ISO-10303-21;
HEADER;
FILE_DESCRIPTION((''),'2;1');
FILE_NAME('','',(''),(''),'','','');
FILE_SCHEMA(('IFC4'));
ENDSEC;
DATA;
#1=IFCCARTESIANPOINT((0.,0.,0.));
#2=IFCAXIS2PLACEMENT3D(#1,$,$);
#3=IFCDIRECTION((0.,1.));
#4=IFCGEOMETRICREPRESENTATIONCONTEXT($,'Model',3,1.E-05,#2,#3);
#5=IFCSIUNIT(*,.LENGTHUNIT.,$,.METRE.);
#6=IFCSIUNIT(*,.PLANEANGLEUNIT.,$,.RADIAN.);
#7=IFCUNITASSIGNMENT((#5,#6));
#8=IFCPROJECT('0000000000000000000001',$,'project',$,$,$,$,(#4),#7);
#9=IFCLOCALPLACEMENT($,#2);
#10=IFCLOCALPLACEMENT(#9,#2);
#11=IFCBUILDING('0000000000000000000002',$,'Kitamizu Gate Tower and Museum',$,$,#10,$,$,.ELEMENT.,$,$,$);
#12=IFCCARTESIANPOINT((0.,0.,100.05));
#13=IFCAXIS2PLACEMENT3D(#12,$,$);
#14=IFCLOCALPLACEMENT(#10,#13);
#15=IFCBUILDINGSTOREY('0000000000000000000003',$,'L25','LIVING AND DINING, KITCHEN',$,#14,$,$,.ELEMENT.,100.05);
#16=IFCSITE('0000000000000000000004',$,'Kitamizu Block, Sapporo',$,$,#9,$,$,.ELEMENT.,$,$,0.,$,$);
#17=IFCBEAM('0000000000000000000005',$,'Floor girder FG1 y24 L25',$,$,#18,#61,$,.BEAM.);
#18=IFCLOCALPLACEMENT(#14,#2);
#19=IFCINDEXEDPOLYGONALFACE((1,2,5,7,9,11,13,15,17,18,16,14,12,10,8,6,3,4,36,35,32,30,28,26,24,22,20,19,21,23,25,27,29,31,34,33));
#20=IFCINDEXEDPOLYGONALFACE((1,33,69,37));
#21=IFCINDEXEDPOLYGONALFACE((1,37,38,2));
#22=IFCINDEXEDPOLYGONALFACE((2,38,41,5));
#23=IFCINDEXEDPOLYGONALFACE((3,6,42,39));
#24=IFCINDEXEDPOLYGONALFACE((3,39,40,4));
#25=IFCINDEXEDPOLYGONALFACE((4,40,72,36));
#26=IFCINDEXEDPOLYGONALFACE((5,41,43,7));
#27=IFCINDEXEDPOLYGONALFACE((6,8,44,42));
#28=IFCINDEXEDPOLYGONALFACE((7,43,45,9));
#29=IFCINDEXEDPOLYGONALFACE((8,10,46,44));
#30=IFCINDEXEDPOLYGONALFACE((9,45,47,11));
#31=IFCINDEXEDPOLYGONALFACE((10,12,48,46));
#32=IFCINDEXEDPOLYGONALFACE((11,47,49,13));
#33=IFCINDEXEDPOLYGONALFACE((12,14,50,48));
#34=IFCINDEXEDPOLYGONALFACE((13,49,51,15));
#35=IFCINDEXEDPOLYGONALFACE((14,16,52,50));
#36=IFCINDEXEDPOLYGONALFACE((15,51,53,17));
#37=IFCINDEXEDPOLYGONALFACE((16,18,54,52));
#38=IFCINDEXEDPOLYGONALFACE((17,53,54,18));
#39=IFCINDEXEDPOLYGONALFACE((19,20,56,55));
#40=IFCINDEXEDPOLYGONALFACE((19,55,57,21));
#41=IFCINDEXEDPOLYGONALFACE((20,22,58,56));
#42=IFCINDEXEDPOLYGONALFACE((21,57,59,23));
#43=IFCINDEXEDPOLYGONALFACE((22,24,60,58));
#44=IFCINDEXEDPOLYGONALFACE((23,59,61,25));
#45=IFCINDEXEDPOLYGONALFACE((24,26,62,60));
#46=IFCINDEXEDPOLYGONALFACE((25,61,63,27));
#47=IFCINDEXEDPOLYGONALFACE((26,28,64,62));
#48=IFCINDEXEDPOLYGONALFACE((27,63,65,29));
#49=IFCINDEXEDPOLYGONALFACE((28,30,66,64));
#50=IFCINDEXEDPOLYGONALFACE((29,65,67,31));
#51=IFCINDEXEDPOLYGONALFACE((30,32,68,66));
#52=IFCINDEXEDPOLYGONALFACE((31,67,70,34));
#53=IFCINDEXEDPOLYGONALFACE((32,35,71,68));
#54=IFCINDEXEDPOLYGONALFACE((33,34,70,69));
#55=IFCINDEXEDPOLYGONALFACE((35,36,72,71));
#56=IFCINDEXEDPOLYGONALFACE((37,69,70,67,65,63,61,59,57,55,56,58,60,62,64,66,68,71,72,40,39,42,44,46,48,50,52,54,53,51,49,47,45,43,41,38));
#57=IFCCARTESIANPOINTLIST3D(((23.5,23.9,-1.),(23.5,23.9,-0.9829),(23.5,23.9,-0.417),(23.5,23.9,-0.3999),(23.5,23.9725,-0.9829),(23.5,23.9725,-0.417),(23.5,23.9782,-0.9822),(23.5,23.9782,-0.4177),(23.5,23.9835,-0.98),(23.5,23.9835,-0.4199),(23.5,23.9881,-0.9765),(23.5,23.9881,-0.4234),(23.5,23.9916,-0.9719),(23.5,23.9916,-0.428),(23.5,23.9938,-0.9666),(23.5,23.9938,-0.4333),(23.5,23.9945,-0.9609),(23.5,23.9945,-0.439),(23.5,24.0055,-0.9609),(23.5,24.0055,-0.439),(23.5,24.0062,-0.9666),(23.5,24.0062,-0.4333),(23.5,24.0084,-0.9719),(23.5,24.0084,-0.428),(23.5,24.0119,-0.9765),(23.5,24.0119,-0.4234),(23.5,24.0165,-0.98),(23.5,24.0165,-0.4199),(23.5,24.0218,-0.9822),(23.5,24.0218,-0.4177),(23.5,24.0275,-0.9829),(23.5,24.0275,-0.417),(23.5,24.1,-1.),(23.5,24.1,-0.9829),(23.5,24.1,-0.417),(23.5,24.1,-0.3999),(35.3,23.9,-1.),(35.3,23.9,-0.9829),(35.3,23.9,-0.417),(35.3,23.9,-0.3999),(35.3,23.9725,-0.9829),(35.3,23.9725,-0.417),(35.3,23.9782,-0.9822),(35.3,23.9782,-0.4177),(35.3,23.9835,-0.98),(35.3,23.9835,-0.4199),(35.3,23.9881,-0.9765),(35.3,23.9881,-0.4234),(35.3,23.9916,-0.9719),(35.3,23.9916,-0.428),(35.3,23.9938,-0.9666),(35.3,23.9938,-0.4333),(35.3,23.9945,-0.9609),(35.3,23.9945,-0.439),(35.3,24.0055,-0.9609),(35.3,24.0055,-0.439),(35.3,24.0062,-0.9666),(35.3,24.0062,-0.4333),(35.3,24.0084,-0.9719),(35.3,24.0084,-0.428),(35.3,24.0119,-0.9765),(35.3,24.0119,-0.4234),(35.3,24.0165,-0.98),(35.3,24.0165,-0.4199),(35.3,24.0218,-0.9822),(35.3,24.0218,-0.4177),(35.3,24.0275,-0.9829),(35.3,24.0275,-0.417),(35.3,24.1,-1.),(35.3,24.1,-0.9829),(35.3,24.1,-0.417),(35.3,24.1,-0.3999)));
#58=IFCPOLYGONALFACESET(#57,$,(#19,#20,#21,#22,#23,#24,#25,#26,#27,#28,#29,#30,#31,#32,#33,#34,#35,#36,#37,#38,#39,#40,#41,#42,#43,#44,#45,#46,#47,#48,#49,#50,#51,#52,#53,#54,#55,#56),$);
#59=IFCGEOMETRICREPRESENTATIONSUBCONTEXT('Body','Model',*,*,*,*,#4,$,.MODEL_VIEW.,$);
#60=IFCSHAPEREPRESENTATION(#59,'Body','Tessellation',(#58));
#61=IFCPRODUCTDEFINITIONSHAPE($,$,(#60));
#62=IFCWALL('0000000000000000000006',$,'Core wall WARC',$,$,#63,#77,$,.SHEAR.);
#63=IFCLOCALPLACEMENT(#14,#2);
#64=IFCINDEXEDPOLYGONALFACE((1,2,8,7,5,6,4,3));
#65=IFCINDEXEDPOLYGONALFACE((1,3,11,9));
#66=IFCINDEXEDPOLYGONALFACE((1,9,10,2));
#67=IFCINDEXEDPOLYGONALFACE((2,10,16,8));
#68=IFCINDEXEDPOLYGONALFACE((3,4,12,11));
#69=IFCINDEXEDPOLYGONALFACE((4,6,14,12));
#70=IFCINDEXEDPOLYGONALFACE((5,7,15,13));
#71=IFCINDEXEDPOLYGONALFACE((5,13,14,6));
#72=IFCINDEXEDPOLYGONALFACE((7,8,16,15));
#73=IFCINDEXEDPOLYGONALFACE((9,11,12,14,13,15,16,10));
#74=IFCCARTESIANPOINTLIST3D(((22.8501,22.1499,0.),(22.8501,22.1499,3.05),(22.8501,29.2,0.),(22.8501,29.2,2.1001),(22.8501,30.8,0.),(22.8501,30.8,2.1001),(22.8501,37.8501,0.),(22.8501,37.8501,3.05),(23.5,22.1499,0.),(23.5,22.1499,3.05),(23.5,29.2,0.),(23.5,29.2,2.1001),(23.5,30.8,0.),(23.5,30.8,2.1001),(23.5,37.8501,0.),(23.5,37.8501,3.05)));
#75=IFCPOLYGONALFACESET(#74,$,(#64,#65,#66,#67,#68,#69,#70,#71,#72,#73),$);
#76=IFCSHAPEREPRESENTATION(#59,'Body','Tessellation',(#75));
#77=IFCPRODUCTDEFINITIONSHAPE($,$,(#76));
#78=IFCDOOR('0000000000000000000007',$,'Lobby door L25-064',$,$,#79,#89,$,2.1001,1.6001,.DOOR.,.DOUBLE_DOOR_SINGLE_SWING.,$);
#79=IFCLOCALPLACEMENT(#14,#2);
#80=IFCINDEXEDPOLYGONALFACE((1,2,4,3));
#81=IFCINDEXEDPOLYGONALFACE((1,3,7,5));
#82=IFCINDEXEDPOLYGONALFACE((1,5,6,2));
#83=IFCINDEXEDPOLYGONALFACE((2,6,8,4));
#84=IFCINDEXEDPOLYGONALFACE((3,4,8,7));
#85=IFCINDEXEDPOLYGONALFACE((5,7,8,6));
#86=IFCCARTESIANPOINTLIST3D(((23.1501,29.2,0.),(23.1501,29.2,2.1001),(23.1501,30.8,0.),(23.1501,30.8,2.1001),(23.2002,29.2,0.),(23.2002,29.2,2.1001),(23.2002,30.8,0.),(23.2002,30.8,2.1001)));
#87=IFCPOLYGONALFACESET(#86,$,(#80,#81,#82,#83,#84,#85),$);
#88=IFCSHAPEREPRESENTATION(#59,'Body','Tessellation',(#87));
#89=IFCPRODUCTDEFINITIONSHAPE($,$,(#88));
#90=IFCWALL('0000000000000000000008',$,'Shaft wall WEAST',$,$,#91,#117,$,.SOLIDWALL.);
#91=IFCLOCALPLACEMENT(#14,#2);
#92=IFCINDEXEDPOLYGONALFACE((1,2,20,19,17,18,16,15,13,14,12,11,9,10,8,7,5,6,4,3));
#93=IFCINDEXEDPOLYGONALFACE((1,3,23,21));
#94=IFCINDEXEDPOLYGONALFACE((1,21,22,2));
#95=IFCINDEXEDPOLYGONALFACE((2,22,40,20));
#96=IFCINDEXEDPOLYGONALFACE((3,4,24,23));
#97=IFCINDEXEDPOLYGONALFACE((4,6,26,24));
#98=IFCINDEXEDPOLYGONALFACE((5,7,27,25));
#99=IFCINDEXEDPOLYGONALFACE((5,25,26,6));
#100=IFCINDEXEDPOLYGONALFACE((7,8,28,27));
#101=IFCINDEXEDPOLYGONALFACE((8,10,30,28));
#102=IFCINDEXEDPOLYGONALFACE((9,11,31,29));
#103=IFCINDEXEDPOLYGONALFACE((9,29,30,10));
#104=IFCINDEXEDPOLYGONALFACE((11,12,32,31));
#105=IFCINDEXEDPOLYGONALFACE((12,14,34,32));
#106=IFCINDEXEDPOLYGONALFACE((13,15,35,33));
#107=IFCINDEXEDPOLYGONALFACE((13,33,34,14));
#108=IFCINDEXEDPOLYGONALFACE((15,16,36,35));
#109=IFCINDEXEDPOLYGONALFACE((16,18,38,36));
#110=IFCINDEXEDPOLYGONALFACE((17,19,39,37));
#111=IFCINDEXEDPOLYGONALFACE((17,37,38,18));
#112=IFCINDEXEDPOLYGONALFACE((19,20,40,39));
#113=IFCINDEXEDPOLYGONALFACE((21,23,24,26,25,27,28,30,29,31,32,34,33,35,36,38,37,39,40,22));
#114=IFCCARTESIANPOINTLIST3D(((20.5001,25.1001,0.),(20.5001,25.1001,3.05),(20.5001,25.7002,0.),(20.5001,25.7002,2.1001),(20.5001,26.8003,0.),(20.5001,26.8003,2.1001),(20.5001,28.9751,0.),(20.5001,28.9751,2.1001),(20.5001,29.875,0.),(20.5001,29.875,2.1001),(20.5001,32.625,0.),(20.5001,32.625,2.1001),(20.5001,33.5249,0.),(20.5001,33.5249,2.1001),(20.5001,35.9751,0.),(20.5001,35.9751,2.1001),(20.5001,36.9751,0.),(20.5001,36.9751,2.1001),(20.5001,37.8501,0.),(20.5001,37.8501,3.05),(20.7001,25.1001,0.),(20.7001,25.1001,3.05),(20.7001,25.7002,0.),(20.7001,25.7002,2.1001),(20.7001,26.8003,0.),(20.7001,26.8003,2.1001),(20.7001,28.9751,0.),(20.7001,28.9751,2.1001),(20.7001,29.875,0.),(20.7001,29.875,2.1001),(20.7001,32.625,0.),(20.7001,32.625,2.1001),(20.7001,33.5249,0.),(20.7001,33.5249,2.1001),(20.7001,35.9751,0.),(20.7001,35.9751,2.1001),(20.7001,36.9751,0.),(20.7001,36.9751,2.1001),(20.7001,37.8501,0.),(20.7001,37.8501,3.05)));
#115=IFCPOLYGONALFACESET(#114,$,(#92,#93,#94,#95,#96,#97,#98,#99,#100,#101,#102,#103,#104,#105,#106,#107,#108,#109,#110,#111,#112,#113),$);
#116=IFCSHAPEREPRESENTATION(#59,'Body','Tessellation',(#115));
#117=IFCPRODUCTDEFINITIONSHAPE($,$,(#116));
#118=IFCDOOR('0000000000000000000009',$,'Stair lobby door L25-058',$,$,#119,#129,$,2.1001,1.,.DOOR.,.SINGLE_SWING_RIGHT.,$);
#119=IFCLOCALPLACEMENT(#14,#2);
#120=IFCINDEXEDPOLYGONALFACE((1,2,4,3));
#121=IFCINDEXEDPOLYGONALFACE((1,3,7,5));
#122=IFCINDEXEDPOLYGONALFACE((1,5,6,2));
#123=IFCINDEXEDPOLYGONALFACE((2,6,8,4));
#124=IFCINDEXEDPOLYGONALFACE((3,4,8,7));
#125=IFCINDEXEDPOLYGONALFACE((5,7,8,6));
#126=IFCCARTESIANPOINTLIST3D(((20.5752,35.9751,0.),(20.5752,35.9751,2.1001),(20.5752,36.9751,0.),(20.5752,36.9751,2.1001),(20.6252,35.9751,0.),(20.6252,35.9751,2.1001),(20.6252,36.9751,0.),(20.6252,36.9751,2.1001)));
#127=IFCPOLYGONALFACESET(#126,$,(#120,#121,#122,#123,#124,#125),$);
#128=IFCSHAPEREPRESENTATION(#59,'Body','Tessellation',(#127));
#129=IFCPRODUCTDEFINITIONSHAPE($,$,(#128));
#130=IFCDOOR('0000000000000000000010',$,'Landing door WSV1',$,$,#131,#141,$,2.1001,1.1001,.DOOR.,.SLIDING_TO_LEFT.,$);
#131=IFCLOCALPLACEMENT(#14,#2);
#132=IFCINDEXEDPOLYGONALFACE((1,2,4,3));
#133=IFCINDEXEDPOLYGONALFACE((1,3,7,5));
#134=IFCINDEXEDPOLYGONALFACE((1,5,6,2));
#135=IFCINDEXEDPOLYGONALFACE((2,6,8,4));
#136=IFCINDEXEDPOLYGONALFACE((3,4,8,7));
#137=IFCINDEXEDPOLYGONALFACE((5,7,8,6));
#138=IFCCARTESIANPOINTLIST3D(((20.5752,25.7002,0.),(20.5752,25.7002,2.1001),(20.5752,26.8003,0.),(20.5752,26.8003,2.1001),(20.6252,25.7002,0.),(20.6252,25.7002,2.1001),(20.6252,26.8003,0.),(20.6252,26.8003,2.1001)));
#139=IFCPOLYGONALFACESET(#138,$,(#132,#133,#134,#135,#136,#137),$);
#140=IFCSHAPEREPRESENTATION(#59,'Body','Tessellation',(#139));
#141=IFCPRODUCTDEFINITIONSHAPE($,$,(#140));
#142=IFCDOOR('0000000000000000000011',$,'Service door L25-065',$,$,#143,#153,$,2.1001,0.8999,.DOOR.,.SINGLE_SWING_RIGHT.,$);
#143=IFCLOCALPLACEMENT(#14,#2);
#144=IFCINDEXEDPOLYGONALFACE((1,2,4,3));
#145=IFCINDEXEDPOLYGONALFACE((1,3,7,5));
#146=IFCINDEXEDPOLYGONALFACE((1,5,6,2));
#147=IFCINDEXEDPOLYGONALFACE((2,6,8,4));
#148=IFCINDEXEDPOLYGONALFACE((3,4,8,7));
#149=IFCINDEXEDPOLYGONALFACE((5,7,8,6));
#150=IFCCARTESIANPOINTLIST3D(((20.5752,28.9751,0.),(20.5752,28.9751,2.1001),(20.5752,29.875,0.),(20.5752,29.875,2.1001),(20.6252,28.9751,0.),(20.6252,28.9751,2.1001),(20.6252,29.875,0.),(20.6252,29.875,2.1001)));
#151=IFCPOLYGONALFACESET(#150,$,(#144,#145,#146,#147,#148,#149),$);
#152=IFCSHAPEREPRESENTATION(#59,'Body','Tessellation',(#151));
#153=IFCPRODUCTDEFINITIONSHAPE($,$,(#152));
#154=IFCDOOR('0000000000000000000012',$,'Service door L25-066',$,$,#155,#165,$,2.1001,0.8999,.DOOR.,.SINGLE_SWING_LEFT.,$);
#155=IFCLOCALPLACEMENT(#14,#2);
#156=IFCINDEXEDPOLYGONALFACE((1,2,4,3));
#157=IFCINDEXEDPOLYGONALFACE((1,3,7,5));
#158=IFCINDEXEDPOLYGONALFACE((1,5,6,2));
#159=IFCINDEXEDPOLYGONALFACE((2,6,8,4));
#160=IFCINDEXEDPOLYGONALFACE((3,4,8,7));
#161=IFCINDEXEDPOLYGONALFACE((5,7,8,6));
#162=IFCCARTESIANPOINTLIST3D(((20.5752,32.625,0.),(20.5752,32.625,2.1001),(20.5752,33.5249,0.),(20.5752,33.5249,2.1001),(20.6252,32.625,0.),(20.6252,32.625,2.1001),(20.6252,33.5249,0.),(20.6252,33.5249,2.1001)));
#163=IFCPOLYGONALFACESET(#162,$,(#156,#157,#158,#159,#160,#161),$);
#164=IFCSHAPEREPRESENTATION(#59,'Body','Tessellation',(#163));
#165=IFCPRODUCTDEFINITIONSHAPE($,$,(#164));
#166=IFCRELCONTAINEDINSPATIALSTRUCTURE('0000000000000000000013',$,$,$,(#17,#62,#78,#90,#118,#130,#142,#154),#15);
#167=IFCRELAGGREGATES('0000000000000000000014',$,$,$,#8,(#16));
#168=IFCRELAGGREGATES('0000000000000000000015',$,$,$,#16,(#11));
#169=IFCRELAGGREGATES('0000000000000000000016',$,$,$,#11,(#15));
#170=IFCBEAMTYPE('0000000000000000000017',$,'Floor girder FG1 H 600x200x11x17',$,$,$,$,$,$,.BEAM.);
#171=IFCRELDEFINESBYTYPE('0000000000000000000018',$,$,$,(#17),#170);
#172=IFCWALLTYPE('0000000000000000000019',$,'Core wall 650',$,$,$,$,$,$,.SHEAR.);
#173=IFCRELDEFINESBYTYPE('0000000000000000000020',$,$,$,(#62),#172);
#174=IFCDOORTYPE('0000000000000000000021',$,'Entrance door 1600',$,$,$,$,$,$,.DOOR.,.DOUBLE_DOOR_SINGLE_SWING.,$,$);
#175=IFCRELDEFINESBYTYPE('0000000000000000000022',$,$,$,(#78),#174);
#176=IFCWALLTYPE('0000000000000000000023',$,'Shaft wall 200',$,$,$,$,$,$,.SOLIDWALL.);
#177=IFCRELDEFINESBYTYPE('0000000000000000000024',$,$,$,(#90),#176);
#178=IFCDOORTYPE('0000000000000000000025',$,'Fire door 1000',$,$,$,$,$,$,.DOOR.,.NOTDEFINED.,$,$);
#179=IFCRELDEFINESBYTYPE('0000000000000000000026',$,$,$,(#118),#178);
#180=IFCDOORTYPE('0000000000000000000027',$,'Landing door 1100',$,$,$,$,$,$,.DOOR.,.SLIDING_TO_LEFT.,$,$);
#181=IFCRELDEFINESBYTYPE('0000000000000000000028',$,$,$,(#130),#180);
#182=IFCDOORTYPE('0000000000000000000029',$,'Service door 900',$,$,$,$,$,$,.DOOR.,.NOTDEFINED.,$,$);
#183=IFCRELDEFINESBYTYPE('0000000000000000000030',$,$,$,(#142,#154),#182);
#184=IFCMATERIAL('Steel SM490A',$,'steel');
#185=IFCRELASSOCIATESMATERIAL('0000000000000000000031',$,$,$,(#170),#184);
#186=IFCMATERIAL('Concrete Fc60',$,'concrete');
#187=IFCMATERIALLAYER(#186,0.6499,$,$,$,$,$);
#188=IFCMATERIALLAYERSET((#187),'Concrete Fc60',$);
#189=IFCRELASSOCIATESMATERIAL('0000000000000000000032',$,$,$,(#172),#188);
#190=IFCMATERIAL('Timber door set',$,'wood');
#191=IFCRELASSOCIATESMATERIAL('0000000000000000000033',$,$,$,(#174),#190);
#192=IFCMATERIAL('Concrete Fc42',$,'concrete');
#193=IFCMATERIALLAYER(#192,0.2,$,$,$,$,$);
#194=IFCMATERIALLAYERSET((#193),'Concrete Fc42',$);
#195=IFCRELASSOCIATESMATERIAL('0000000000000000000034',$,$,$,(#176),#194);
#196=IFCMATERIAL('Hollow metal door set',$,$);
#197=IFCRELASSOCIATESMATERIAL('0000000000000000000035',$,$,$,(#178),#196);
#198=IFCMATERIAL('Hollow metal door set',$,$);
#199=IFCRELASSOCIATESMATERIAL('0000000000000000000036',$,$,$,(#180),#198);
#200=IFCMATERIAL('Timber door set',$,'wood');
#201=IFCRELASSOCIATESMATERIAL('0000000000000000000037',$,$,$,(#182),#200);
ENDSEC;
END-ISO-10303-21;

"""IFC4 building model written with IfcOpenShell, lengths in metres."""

from ifc_helpers import new_model, si_unit, direction, frame, frame_2d, origin, origin_2d, place, context, subcontext, project, spatial, rectangle, i_section, extrude, material, layer, layer_set, material_profile, profile_set, type_object, element, fill, save


model = new_model("IFC4")

# Units and contexts
model_context = context("Model", 3, precision=1e-05, world=origin(), true_north=direction((0.0, 1.0)))
body_context = subcontext(model_context, "Body", "Model", "MODEL_VIEW")
ifc_project = project(units=[si_unit("LENGTHUNIT", "METRE"), si_unit("PLANEANGLEUNIT", "RADIAN")], contexts=[model_context])

# Site, building, storey
site_placement = place(None, origin())
site = spatial("IfcSite", under=ifc_project, at=site_placement, Name="Kitamizu Block, Sapporo", CompositionType="ELEMENT", RefElevation=0.0)
building_placement = place(site_placement, origin())
building = spatial("IfcBuilding", under=site, at=building_placement, Name="Kitamizu Gate Tower and Museum", CompositionType="ELEMENT")
storey_placement = place(building_placement, frame((0.0, 0.0, 100.05)))
storey = spatial("IfcBuildingStorey", under=building, at=storey_placement, Name="L25", Description="LIVING AND DINING, KITCHEN", CompositionType="ELEMENT", Elevation=100.05)

# Beam
ifc_material_1 = material(Name="Steel SM490A", Category="steel")
ifc_material_profile = material_profile(ifc_material_1, i_section(OverallWidth=0.2, OverallDepth=0.6001, WebThickness=0.011, FlangeThickness=0.0171, FilletRadius=0.022, at=origin_2d()), Name="H-600x200x11x17")
ifc_profile_set = profile_set([ifc_material_profile], Name="Steel SM490A")
beam_type = type_object("IfcBeamType", Name="Floor girder FG1 H 600x200x11x17", PredefinedType="BEAM", material=ifc_profile_set)
beam_placement = place(storey_placement, frame((23.5, 24.0, -0.7), z_axis=(1.0, 0.0, 0.0), x_axis=(0.0, 1.0, 0.0)))
element("IfcBeam", 1, at=beam_placement, inside=storey, type_object=beam_type, Name="Floor girder FG1 y24 L25", PredefinedType="BEAM", context=body_context, shape_type="SweptSolid", body=[
    extrude(i_section(OverallWidth=0.2, OverallDepth=0.6001, WebThickness=0.011, FlangeThickness=0.0171, FilletRadius=0.022, at=origin_2d()), origin(), (0.0, 0.0, 1.0), 11.8),
])

# Wall, opening, door
ifc_material_2 = material(Name="Concrete Fc60", Category="concrete")
ifc_layer_1 = layer(ifc_material_2, 0.6499)
ifc_layer_set_1 = layer_set([ifc_layer_1], Name="Concrete Fc60")
wall_type_1 = type_object("IfcWallType", Name="Core wall 650", PredefinedType="SHEAR", material=ifc_layer_set_1)
wall_1_placement = place(storey_placement, frame((23.175, 22.1499, 0.0), z_axis=(0.0, 0.0, 1.0), x_axis=(0.0, 1.0, 0.0)))
wall_1 = element("IfcWall", 2, at=wall_1_placement, inside=storey, type_object=wall_type_1, Name="Core wall WARC", PredefinedType="SHEAR", context=body_context, shape_type="SweptSolid", body=[
    extrude(rectangle(XDim=15.7002, YDim=0.6499, at=frame_2d((7.8501, 0.0))), origin(), (0.0, 0.0, 1.0), 3.05),
])
opening_1_placement = place(wall_1_placement, frame((7.05, 0.0, 0.0)))
opening_1 = element("IfcOpeningElement", 3, at=opening_1_placement, cuts=wall_1, PredefinedType="OPENING", context=body_context, shape_type="SweptSolid", body=[
    extrude(rectangle(XDim=1.6001, YDim=2.1001, at=frame_2d((0.8, 1.05))), frame((0.0, 0.335, 0.0), z_axis=(0.0, -1.0, 0.0), x_axis=(1.0, 0.0, 0.0)), (0.0, 0.0, 1.0), 0.6699),
])
ifc_material_3 = material(Name="Timber door set", Category="wood")
door_type_1 = type_object("IfcDoorType", Name="Entrance door 1600", OperationType="DOUBLE_DOOR_SINGLE_SWING", PredefinedType="DOOR", material=ifc_material_3)
door_1_placement = place(opening_1_placement, origin())
door_1 = element("IfcDoor", 4, at=door_1_placement, inside=storey, type_object=door_type_1, Name="Lobby door L25-064", OperationType="DOUBLE_DOOR_SINGLE_SWING", OverallHeight=2.1001, OverallWidth=1.6001, PredefinedType="DOOR", context=body_context, shape_type="SweptSolid", body=[
    extrude(rectangle(XDim=1.6001, YDim=2.1001, at=frame_2d((0.8, 1.05))), frame((0.0, 0.0249, 0.0), z_axis=(0.0, -1.0, 0.0), x_axis=(1.0, 0.0, 0.0)), (0.0, 0.0, 1.0), 0.05),
])
fill(opening_1, door_1)

# Wall, openings, doors
ifc_material_4 = material(Name="Concrete Fc42", Category="concrete")
ifc_layer_2 = layer(ifc_material_4, 0.2)
ifc_layer_set_2 = layer_set([ifc_layer_2], Name="Concrete Fc42")
wall_type_2 = type_object("IfcWallType", Name="Shaft wall 200", PredefinedType="SOLIDWALL", material=ifc_layer_set_2)
wall_2_placement = place(storey_placement, frame((20.6001, 25.1001, 0.0), z_axis=(0.0, 0.0, 1.0), x_axis=(0.0, 1.0, 0.0)))
wall_2 = element("IfcWall", 5, at=wall_2_placement, inside=storey, type_object=wall_type_2, Name="Shaft wall WEAST", PredefinedType="SOLIDWALL", context=body_context, shape_type="SweptSolid", body=[
    extrude(rectangle(XDim=12.75, YDim=0.2, at=frame_2d((6.375, 0.0))), origin(), (0.0, 0.0, 1.0), 3.05),
])
opening_2_placement = place(wall_2_placement, frame((0.6001, 0.0, 0.0)))
opening_2 = element("IfcOpeningElement", 6, at=opening_2_placement, cuts=wall_2, PredefinedType="OPENING", context=body_context, shape_type="SweptSolid", body=[
    extrude(rectangle(XDim=1.1001, YDim=2.1001, at=frame_2d((0.55, 1.05))), frame((0.0, 0.1099, 0.0), z_axis=(0.0, -1.0, 0.0), x_axis=(1.0, 0.0, 0.0)), (0.0, 0.0, 1.0), 0.22),
])
opening_3_placement = place(wall_2_placement, frame((10.875, 0.0, 0.0)))
opening_3 = element("IfcOpeningElement", 7, at=opening_3_placement, cuts=wall_2, PredefinedType="OPENING", context=body_context, shape_type="SweptSolid", body=[
    extrude(rectangle(XDim=1.0, YDim=2.1001, at=frame_2d((0.5, 1.05))), frame((0.0, 0.1099, 0.0), z_axis=(0.0, -1.0, 0.0), x_axis=(1.0, 0.0, 0.0)), (0.0, 0.0, 1.0), 0.22),
])
opening_4_placement = place(wall_2_placement, frame((3.875, 0.0, 0.0)))
opening_4 = element("IfcOpeningElement", 8, at=opening_4_placement, cuts=wall_2, PredefinedType="OPENING", context=body_context, shape_type="SweptSolid", body=[
    extrude(rectangle(XDim=0.8999, YDim=2.1001, at=frame_2d((0.45, 1.05))), frame((0.0, 0.1099, 0.0), z_axis=(0.0, -1.0, 0.0), x_axis=(1.0, 0.0, 0.0)), (0.0, 0.0, 1.0), 0.22),
])
opening_5_placement = place(wall_2_placement, frame((7.5249, 0.0, 0.0)))
opening_5 = element("IfcOpeningElement", 9, at=opening_5_placement, cuts=wall_2, PredefinedType="OPENING", context=body_context, shape_type="SweptSolid", body=[
    extrude(rectangle(XDim=0.8999, YDim=2.1001, at=frame_2d((0.45, 1.05))), frame((0.0, 0.1099, 0.0), z_axis=(0.0, -1.0, 0.0), x_axis=(1.0, 0.0, 0.0)), (0.0, 0.0, 1.0), 0.22),
])
ifc_material_5 = material(Name="Hollow metal door set")
door_type_2 = type_object("IfcDoorType", Name="Fire door 1000", OperationType="NOTDEFINED", PredefinedType="DOOR", material=ifc_material_5)
door_2_placement = place(opening_3_placement, origin())
door_2 = element("IfcDoor", 10, at=door_2_placement, inside=storey, type_object=door_type_2, Name="Stair lobby door L25-058", OperationType="SINGLE_SWING_RIGHT", OverallHeight=2.1001, OverallWidth=1.0, PredefinedType="DOOR", context=body_context, shape_type="SweptSolid", body=[
    extrude(rectangle(XDim=1.0, YDim=2.1001, at=frame_2d((0.5, 1.05))), frame((0.0, 0.0249, 0.0), z_axis=(0.0, -1.0, 0.0), x_axis=(1.0, 0.0, 0.0)), (0.0, 0.0, 1.0), 0.05),
])
fill(opening_3, door_2)
ifc_material_6 = material(Name="Hollow metal door set")
door_type_3 = type_object("IfcDoorType", Name="Landing door 1100", OperationType="SLIDING_TO_LEFT", PredefinedType="DOOR", material=ifc_material_6)
door_3_placement = place(opening_2_placement, origin())
door_3 = element("IfcDoor", 11, at=door_3_placement, inside=storey, type_object=door_type_3, Name="Landing door WSV1", OperationType="SLIDING_TO_LEFT", OverallHeight=2.1001, OverallWidth=1.1001, PredefinedType="DOOR", context=body_context, shape_type="SweptSolid", body=[
    extrude(rectangle(XDim=1.1001, YDim=2.1001, at=frame_2d((0.55, 1.05))), frame((0.0, 0.0249, 0.0), z_axis=(0.0, -1.0, 0.0), x_axis=(1.0, 0.0, 0.0)), (0.0, 0.0, 1.0), 0.05),
])
fill(opening_2, door_3)
ifc_material_7 = material(Name="Timber door set", Category="wood")
door_type_4 = type_object("IfcDoorType", Name="Service door 900", OperationType="NOTDEFINED", PredefinedType="DOOR", material=ifc_material_7)
door_4_placement = place(opening_4_placement, origin())
door_4 = element("IfcDoor", 12, at=door_4_placement, inside=storey, type_object=door_type_4, Name="Service door L25-065", OperationType="SINGLE_SWING_RIGHT", OverallHeight=2.1001, OverallWidth=0.8999, PredefinedType="DOOR", context=body_context, shape_type="SweptSolid", body=[
    extrude(rectangle(XDim=0.8999, YDim=2.1001, at=frame_2d((0.45, 1.05))), frame((0.0, 0.0249, 0.0), z_axis=(0.0, -1.0, 0.0), x_axis=(1.0, 0.0, 0.0)), (0.0, 0.0, 1.0), 0.05),
])
fill(opening_4, door_4)
door_5_placement = place(opening_5_placement, origin())
door_5 = element("IfcDoor", 13, at=door_5_placement, inside=storey, type_object=door_type_4, Name="Service door L25-066", OperationType="SINGLE_SWING_LEFT", OverallHeight=2.1001, OverallWidth=0.8999, PredefinedType="DOOR", context=body_context, shape_type="SweptSolid", body=[
    extrude(rectangle(XDim=0.8999, YDim=2.1001, at=frame_2d((0.45, 1.05))), frame((0.0, 0.0249, 0.0), z_axis=(0.0, -1.0, 0.0), x_axis=(1.0, 0.0, 0.0)), (0.0, 0.0, 1.0), 0.05),
])
fill(opening_5, door_5)

save(model, "model.ifc")
